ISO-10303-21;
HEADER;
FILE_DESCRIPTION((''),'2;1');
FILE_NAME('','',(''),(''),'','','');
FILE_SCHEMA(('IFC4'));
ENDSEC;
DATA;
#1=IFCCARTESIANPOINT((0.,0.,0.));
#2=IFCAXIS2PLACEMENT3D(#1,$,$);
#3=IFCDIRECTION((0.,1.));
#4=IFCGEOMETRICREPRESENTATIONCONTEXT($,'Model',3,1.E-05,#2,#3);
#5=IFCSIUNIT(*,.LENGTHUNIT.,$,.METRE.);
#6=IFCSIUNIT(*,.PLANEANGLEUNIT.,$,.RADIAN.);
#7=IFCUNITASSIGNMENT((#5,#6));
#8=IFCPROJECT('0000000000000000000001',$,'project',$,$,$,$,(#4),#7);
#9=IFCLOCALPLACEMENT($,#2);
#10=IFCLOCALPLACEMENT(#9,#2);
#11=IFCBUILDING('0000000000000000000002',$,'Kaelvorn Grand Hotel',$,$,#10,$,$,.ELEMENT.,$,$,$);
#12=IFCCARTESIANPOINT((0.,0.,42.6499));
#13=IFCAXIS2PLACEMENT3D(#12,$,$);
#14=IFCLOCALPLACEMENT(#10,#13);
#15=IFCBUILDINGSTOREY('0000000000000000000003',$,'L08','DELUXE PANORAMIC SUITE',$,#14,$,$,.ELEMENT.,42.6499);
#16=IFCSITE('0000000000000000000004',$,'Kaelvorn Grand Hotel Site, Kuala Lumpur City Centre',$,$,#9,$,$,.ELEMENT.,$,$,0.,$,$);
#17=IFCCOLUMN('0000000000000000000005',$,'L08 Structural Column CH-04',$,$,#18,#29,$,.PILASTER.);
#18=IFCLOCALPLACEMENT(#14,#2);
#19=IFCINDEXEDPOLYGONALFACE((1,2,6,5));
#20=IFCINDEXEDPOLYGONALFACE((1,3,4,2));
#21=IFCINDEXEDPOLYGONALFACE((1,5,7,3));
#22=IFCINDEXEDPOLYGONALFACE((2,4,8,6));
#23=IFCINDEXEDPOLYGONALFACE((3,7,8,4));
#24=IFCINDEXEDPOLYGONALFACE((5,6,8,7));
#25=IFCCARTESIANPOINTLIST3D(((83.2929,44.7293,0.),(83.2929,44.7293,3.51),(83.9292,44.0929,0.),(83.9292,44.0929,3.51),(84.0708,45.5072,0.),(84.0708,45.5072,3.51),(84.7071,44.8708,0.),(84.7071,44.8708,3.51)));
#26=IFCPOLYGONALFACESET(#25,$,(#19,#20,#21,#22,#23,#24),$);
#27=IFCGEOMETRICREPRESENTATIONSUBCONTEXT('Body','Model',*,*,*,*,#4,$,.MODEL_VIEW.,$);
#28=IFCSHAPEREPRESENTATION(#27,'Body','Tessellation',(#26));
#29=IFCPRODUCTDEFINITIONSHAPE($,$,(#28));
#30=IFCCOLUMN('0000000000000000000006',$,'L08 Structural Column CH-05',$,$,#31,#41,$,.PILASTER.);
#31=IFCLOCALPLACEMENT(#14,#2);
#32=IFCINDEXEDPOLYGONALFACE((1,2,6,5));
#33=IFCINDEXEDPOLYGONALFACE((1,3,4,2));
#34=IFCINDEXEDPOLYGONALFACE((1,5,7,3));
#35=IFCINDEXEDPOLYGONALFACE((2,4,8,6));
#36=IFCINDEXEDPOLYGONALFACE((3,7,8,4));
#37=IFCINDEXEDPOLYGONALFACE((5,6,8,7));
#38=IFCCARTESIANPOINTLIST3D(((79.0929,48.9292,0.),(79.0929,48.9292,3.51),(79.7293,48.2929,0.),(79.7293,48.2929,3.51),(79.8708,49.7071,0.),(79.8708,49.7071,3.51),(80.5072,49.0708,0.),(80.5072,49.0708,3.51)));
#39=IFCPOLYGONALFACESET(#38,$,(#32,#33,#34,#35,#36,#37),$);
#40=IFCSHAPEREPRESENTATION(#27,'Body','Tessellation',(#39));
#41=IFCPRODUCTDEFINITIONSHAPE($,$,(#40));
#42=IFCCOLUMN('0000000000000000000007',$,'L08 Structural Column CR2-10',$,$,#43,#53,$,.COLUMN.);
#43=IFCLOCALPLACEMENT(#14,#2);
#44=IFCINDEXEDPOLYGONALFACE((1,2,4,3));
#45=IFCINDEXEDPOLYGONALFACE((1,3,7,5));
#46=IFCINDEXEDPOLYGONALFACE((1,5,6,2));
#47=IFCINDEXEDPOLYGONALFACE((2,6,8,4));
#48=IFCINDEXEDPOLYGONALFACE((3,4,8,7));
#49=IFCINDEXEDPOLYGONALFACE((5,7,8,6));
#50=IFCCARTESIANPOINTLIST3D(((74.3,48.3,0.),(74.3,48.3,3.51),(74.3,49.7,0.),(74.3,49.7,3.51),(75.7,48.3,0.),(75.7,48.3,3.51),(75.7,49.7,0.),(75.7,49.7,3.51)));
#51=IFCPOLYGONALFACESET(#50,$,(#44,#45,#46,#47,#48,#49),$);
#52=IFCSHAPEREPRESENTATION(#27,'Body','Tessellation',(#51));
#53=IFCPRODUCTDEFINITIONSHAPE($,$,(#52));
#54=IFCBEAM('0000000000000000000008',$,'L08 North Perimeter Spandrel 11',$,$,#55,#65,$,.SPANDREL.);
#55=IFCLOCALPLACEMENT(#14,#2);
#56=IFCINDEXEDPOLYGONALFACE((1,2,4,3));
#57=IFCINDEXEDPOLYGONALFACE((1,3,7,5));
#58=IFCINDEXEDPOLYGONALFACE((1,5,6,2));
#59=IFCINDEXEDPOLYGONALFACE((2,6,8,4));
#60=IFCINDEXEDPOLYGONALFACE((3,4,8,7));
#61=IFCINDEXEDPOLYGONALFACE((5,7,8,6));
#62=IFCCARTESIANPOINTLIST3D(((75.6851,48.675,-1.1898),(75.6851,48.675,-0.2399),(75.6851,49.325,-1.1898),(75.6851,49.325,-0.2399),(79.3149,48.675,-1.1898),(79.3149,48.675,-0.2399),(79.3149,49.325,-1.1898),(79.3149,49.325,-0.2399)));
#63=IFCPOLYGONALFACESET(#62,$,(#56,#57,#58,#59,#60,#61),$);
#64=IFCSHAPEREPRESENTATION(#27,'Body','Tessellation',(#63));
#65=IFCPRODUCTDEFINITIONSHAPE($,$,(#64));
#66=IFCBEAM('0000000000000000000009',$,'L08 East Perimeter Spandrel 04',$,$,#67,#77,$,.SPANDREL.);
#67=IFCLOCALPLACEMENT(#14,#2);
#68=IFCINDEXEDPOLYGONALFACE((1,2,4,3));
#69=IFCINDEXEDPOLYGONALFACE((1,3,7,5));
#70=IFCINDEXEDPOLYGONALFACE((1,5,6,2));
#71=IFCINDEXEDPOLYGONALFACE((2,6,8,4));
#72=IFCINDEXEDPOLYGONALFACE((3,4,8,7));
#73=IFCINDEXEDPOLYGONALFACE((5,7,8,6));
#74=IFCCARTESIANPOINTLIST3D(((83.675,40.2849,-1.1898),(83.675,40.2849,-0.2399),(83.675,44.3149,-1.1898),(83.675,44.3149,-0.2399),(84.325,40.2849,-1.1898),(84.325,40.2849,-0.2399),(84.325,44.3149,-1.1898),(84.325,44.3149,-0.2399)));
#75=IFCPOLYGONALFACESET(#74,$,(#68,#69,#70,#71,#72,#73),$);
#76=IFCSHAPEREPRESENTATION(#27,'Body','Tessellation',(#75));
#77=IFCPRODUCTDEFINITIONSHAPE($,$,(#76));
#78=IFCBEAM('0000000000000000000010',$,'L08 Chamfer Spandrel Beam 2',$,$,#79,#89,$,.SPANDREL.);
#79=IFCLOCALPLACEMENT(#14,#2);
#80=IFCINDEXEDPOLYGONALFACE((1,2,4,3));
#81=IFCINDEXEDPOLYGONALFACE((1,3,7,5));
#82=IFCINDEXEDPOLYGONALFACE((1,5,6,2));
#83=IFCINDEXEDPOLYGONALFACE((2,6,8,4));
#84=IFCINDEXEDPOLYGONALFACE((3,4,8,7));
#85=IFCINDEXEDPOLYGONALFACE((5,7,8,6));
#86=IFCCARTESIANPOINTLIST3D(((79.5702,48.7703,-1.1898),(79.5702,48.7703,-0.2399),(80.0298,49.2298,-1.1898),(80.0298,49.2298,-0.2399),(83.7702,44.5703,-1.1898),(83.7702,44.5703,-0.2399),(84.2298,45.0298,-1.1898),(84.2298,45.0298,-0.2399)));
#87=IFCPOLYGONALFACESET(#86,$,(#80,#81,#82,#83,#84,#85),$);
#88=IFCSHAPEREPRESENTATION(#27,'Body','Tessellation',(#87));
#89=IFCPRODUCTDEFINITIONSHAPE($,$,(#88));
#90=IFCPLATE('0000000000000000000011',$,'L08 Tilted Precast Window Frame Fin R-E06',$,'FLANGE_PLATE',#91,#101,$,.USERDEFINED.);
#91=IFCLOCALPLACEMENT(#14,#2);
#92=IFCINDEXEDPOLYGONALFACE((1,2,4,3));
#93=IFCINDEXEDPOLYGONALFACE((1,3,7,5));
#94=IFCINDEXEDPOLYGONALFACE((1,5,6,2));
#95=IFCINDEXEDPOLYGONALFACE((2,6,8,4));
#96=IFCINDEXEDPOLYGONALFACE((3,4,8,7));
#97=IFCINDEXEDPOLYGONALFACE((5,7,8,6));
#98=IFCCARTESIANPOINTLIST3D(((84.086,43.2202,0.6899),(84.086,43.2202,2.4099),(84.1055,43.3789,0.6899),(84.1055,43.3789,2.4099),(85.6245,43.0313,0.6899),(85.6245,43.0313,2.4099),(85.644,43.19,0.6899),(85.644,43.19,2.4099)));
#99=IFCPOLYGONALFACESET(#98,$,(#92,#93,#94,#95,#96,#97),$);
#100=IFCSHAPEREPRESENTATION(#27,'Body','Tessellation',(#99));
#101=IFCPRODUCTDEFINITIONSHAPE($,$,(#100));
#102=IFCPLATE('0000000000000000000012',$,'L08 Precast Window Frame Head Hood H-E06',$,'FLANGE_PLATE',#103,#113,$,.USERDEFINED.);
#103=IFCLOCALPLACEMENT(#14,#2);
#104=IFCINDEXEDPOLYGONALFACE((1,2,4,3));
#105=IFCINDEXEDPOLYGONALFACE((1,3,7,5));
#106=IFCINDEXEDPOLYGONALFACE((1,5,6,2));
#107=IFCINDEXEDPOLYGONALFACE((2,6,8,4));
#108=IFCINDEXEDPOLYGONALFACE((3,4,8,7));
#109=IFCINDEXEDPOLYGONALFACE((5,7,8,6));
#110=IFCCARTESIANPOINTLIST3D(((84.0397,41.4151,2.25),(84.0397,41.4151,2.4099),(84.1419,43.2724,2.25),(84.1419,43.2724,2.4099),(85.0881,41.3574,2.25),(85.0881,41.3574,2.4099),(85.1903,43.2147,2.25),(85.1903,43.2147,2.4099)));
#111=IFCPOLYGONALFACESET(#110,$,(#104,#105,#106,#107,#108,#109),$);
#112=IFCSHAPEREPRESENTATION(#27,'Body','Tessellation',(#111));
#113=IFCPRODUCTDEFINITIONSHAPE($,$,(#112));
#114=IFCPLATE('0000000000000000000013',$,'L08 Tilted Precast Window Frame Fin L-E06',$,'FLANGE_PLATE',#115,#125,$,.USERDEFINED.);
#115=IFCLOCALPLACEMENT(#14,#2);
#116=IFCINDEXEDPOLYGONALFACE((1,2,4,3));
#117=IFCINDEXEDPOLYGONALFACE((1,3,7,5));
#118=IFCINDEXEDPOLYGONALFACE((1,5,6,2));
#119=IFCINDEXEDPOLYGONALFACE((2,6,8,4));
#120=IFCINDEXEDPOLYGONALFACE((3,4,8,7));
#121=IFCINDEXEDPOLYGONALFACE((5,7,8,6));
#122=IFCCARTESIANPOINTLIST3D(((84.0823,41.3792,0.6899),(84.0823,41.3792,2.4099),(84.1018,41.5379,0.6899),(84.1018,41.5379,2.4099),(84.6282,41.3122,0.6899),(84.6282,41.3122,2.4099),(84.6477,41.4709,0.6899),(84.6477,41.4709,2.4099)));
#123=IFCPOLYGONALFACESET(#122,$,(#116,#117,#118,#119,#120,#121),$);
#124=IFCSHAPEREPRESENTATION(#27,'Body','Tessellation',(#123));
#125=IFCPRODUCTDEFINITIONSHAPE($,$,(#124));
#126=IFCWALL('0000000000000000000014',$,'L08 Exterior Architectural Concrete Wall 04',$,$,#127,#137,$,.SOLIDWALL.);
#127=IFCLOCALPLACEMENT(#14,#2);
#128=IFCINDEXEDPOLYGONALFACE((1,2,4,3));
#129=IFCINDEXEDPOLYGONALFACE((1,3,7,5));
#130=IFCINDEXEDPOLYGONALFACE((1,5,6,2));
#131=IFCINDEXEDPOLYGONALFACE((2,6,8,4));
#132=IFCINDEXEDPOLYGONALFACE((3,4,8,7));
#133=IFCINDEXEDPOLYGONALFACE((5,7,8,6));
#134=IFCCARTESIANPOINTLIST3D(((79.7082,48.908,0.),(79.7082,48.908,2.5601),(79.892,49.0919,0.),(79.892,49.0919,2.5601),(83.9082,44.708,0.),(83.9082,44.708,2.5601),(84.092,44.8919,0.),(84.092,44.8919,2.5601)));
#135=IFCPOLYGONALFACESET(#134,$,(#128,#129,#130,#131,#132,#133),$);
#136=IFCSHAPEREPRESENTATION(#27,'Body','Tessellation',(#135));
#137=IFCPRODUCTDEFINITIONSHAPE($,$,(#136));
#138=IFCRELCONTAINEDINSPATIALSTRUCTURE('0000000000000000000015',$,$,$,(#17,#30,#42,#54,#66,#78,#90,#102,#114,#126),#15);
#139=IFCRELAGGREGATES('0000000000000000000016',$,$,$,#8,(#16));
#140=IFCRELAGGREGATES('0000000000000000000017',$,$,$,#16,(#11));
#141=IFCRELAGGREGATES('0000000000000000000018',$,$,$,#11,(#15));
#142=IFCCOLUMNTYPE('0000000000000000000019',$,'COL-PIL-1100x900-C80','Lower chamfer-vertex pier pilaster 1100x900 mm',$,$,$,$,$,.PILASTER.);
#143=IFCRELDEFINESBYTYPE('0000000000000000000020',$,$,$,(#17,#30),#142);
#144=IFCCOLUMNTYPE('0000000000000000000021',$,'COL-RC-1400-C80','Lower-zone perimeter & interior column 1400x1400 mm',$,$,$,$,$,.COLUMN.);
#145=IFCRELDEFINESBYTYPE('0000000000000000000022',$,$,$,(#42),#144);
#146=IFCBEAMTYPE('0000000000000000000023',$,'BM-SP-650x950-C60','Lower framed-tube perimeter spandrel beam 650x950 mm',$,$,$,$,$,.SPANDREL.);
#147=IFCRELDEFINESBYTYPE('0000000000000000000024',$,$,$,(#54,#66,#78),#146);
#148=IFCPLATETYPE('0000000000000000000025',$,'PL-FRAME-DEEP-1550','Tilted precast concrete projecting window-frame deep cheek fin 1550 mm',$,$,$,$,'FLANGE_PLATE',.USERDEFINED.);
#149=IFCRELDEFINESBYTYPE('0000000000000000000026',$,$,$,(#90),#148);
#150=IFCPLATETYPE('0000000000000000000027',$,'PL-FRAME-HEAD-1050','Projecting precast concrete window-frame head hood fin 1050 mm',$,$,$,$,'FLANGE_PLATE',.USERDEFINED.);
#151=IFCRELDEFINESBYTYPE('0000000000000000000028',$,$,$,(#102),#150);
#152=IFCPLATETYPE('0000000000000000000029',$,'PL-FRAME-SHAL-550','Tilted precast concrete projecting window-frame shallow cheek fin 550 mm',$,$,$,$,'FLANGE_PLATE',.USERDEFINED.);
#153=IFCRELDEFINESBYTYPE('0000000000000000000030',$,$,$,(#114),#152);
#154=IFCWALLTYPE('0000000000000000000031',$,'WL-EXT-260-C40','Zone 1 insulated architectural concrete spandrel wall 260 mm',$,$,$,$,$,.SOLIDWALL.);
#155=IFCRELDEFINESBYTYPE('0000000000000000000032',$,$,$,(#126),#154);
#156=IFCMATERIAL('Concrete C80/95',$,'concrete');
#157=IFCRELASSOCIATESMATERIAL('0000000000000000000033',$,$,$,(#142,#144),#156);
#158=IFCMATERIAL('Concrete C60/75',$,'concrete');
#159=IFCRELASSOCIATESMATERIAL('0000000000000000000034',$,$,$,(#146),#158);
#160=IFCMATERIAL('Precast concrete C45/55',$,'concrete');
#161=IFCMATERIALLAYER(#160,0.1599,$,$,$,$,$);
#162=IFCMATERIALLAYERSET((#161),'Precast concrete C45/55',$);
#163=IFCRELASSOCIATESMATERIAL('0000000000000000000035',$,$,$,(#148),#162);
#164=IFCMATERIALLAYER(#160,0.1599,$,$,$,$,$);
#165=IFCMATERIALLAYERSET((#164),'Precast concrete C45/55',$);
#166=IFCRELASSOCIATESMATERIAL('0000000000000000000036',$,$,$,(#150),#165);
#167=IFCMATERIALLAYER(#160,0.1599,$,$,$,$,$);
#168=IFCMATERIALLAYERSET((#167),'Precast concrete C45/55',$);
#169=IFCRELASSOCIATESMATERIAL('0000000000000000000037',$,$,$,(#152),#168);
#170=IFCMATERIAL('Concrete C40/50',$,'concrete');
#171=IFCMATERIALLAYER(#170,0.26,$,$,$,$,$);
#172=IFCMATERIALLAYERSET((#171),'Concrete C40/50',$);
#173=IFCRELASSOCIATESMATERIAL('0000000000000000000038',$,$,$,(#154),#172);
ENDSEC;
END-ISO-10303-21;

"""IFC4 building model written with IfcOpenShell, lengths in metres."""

from ifc_helpers import new_model, si_unit, direction, frame, frame_2d, origin, origin_2d, place, context, subcontext, project, spatial, rectangle, extrude, material, layer, layer_set, material_profile, profile_set, type_object, element, save


model = new_model("IFC4")

# Units and contexts
model_context = context("Model", 3, precision=1e-05, world=origin(), true_north=direction((0.0, 1.0)))
body_context = subcontext(model_context, "Body", "Model", "MODEL_VIEW")
ifc_project = project(units=[si_unit("LENGTHUNIT", "METRE"), si_unit("PLANEANGLEUNIT", "RADIAN")], contexts=[model_context])

# Site, building, storey
site_placement = place(None, origin())
site = spatial("IfcSite", under=ifc_project, at=site_placement, Name="Kaelvorn Grand Hotel Site, Kuala Lumpur City Centre", CompositionType="ELEMENT", RefElevation=0.0)
building_placement = place(site_placement, origin())
building = spatial("IfcBuilding", under=site, at=building_placement, Name="Kaelvorn Grand Hotel", CompositionType="ELEMENT")
storey_placement = place(building_placement, frame((0.0, 0.0, 42.6499)))
storey = spatial("IfcBuildingStorey", under=building, at=storey_placement, Name="L08", Description="DELUXE PANORAMIC SUITE", CompositionType="ELEMENT", Elevation=42.6499)

# Columns
ifc_material_1 = material(Name="Concrete C80/95", Category="concrete")
ifc_material_profile_1 = material_profile(ifc_material_1, rectangle(XDim=1.1001, YDim=0.8999, at=origin_2d()), Name="RC PILASTER 1100x900")
ifc_profile_set_1 = profile_set([ifc_material_profile_1], Name="Concrete C80/95")
column_type_1 = type_object("IfcColumnType", Name="COL-PIL-1100x900-C80", Description="Lower chamfer-vertex pier pilaster 1100x900 mm", PredefinedType="PILASTER", material=ifc_profile_set_1)
for number, where, z_axis, x_axis, name in (
    (1, (84.0, 44.8, 0.0), (0.0, 0.0, 1.0), (0.707107, 0.707107, 0.0), "L08 Structural Column CH-04"),
    (2, (79.8, 49.0, 0.0), (0.0, 0.0, 1.0), (0.707107, 0.707107, 0.0), "L08 Structural Column CH-05"),
):
    element("IfcColumn", number, at=place(storey_placement, frame(where, z_axis=z_axis, x_axis=x_axis)), inside=storey, type_object=column_type_1, Name=name, PredefinedType="PILASTER", context=body_context, shape_type="SweptSolid", body=[
        extrude(rectangle(XDim=1.1001, YDim=0.8999, at=origin_2d()), origin(), (0.0, 0.0, 1.0), 3.51),
    ])
ifc_material_profile_2 = material_profile(ifc_material_1, rectangle(XDim=1.3999, YDim=1.3999, at=origin_2d()), Name="RC COL 1400x1400")
ifc_profile_set_2 = profile_set([ifc_material_profile_2], Name="Concrete C80/95")
column_type_2 = type_object("IfcColumnType", Name="COL-RC-1400-C80", Description="Lower-zone perimeter & interior column 1400x1400 mm", PredefinedType="COLUMN", material=ifc_profile_set_2)
column_placement = place(storey_placement, frame((75.0, 49.0, 0.0), z_axis=(0.0, 0.0, 1.0), x_axis=(1.0, 0.0, 0.0)))
element("IfcColumn", 3, at=column_placement, inside=storey, type_object=column_type_2, Name="L08 Structural Column CR2-10", PredefinedType="COLUMN", context=body_context, shape_type="SweptSolid", body=[
    extrude(rectangle(XDim=1.3999, YDim=1.3999, at=origin_2d()), origin(), (0.0, 0.0, 1.0), 3.51),
])

# Beams
ifc_material_2 = material(Name="Concrete C60/75", Category="concrete")
ifc_material_profile_3 = material_profile(ifc_material_2, rectangle(XDim=0.6499, YDim=0.95, at=origin_2d()), Name="RC SPANDREL 650x950")
ifc_profile_set_3 = profile_set([ifc_material_profile_3], Name="Concrete C60/75")
beam_type = type_object("IfcBeamType", Name="BM-SP-650x950-C60", Description="Lower framed-tube perimeter spandrel beam 650x950 mm", PredefinedType="SPANDREL", material=ifc_profile_set_3)
beam_1_placement = place(storey_placement, frame((75.6851, 49.0, -0.7148), z_axis=(1.0, 0.0, 0.0), x_axis=(0.0, 1.0, 0.0)))
element("IfcBeam", 4, at=beam_1_placement, inside=storey, type_object=beam_type, Name="L08 North Perimeter Spandrel 11", PredefinedType="SPANDREL", context=body_context, shape_type="SweptSolid", body=[
    extrude(rectangle(XDim=0.6499, YDim=0.95, at=origin_2d()), origin(), (0.0, 0.0, 1.0), 3.6299),
])
beam_2_placement = place(storey_placement, frame((84.0, 40.2849, -0.7148), z_axis=(0.0, 1.0, 0.0), x_axis=(-1.0, 0.0, 0.0)))
element("IfcBeam", 5, at=beam_2_placement, inside=storey, type_object=beam_type, Name="L08 East Perimeter Spandrel 04", PredefinedType="SPANDREL", context=body_context, shape_type="SweptSolid", body=[
    extrude(rectangle(XDim=0.6499, YDim=0.95, at=origin_2d()), origin(), (0.0, 0.0, 1.0), 4.03),
])
beam_3_placement = place(storey_placement, frame((84.0, 44.8, -0.7148), z_axis=(-0.707107, 0.707107, 0.0), x_axis=(-0.707107, -0.707107, 0.0)))
element("IfcBeam", 6, at=beam_3_placement, inside=storey, type_object=beam_type, Name="L08 Chamfer Spandrel Beam 2", PredefinedType="SPANDREL", context=body_context, shape_type="SweptSolid", body=[
    extrude(rectangle(XDim=0.6499, YDim=0.95, at=origin_2d()), origin(), (0.0, 0.0, 1.0), 5.9397),
])

# Plates
ifc_material_3 = material(Name="Precast concrete C45/55", Category="concrete")
ifc_layer_1 = layer(ifc_material_3, 0.1599)
ifc_layer_set_1 = layer_set([ifc_layer_1], Name="Precast concrete C45/55")
plate_type_1 = type_object("IfcPlateType", Name="PL-FRAME-DEEP-1550", Description="Tilted precast concrete projecting window-frame deep cheek fin 1550 mm", ElementType="FLANGE_PLATE", PredefinedType="USERDEFINED", material=ifc_layer_set_1)
plate_1_placement = place(storey_placement, frame((84.865, 43.2051, 0.6899), z_axis=(0.0, 0.0, 1.0), x_axis=(0.121869, 0.992546, 0.0)))
element("IfcPlate", 7, at=plate_1_placement, inside=storey, type_object=plate_type_1, Name="L08 Tilted Precast Window Frame Fin R-E06", ObjectType="FLANGE_PLATE", PredefinedType="USERDEFINED", context=body_context, shape_type="SweptSolid", body=[
    extrude(rectangle(XDim=0.1599, YDim=1.55, at=origin_2d()), origin(), (0.0, 0.0, 1.0), 1.72),
])
ifc_layer_2 = layer(ifc_material_3, 0.1599)
ifc_layer_set_2 = layer_set([ifc_layer_2], Name="Precast concrete C45/55")
plate_type_2 = type_object("IfcPlateType", Name="PL-FRAME-HEAD-1050", Description="Projecting precast concrete window-frame head hood fin 1050 mm", ElementType="FLANGE_PLATE", PredefinedType="USERDEFINED", material=ifc_layer_set_2)
plate_2_placement = place(storey_placement, frame((84.615, 42.3149, 2.25), z_axis=(0.0, 0.0, 1.0), x_axis=(0.05495, 0.998489, 0.0)))
element("IfcPlate", 8, at=plate_2_placement, inside=storey, type_object=plate_type_2, Name="L08 Precast Window Frame Head Hood H-E06", ObjectType="FLANGE_PLATE", PredefinedType="USERDEFINED", context=body_context, shape_type="SweptSolid", body=[
    extrude(rectangle(XDim=1.8601, YDim=1.05, at=origin_2d()), origin(), (0.0, 0.0, 1.0), 0.1599),
])
ifc_layer_3 = layer(ifc_material_3, 0.1599)
ifc_layer_set_3 = layer_set([ifc_layer_3], Name="Precast concrete C45/55")
plate_type_3 = type_object("IfcPlateType", Name="PL-FRAME-SHAL-550", Description="Tilted precast concrete projecting window-frame shallow cheek fin 550 mm", ElementType="FLANGE_PLATE", PredefinedType="USERDEFINED", material=ifc_layer_set_3)
plate_3_placement = place(storey_placement, frame((84.365, 41.425, 0.6899), z_axis=(0.0, 0.0, 1.0), x_axis=(0.121869, 0.992546, 0.0)))
element("IfcPlate", 9, at=plate_3_placement, inside=storey, type_object=plate_type_3, Name="L08 Tilted Precast Window Frame Fin L-E06", ObjectType="FLANGE_PLATE", PredefinedType="USERDEFINED", context=body_context, shape_type="SweptSolid", body=[
    extrude(rectangle(XDim=0.1599, YDim=0.55, at=origin_2d()), origin(), (0.0, 0.0, 1.0), 1.72),
])

# Wall
ifc_material_4 = material(Name="Concrete C40/50", Category="concrete")
ifc_layer_4 = layer(ifc_material_4, 0.26)
ifc_layer_set_4 = layer_set([ifc_layer_4], Name="Concrete C40/50")
wall_type_1 = type_object("IfcWallType", Name="WL-EXT-260-C40", Description="Zone 1 insulated architectural concrete spandrel wall 260 mm", PredefinedType="SOLIDWALL", material=ifc_layer_set_4)
wall_1_placement = place(storey_placement, frame((84.0, 44.8, 0.0), z_axis=(0.0, 0.0, 1.0), x_axis=(-0.707107, 0.707107, 0.0)))
element("IfcWall", 10, at=wall_1_placement, inside=storey, type_object=wall_type_1, Name="L08 Exterior Architectural Concrete Wall 04", PredefinedType="SOLIDWALL", context=body_context, shape_type="SweptSolid", body=[
    extrude(rectangle(XDim=5.9397, YDim=0.26, at=frame_2d((2.9697, 0.0))), origin(), (0.0, 0.0, 1.0), 2.5601),
])

save(model, "model.ifc")
